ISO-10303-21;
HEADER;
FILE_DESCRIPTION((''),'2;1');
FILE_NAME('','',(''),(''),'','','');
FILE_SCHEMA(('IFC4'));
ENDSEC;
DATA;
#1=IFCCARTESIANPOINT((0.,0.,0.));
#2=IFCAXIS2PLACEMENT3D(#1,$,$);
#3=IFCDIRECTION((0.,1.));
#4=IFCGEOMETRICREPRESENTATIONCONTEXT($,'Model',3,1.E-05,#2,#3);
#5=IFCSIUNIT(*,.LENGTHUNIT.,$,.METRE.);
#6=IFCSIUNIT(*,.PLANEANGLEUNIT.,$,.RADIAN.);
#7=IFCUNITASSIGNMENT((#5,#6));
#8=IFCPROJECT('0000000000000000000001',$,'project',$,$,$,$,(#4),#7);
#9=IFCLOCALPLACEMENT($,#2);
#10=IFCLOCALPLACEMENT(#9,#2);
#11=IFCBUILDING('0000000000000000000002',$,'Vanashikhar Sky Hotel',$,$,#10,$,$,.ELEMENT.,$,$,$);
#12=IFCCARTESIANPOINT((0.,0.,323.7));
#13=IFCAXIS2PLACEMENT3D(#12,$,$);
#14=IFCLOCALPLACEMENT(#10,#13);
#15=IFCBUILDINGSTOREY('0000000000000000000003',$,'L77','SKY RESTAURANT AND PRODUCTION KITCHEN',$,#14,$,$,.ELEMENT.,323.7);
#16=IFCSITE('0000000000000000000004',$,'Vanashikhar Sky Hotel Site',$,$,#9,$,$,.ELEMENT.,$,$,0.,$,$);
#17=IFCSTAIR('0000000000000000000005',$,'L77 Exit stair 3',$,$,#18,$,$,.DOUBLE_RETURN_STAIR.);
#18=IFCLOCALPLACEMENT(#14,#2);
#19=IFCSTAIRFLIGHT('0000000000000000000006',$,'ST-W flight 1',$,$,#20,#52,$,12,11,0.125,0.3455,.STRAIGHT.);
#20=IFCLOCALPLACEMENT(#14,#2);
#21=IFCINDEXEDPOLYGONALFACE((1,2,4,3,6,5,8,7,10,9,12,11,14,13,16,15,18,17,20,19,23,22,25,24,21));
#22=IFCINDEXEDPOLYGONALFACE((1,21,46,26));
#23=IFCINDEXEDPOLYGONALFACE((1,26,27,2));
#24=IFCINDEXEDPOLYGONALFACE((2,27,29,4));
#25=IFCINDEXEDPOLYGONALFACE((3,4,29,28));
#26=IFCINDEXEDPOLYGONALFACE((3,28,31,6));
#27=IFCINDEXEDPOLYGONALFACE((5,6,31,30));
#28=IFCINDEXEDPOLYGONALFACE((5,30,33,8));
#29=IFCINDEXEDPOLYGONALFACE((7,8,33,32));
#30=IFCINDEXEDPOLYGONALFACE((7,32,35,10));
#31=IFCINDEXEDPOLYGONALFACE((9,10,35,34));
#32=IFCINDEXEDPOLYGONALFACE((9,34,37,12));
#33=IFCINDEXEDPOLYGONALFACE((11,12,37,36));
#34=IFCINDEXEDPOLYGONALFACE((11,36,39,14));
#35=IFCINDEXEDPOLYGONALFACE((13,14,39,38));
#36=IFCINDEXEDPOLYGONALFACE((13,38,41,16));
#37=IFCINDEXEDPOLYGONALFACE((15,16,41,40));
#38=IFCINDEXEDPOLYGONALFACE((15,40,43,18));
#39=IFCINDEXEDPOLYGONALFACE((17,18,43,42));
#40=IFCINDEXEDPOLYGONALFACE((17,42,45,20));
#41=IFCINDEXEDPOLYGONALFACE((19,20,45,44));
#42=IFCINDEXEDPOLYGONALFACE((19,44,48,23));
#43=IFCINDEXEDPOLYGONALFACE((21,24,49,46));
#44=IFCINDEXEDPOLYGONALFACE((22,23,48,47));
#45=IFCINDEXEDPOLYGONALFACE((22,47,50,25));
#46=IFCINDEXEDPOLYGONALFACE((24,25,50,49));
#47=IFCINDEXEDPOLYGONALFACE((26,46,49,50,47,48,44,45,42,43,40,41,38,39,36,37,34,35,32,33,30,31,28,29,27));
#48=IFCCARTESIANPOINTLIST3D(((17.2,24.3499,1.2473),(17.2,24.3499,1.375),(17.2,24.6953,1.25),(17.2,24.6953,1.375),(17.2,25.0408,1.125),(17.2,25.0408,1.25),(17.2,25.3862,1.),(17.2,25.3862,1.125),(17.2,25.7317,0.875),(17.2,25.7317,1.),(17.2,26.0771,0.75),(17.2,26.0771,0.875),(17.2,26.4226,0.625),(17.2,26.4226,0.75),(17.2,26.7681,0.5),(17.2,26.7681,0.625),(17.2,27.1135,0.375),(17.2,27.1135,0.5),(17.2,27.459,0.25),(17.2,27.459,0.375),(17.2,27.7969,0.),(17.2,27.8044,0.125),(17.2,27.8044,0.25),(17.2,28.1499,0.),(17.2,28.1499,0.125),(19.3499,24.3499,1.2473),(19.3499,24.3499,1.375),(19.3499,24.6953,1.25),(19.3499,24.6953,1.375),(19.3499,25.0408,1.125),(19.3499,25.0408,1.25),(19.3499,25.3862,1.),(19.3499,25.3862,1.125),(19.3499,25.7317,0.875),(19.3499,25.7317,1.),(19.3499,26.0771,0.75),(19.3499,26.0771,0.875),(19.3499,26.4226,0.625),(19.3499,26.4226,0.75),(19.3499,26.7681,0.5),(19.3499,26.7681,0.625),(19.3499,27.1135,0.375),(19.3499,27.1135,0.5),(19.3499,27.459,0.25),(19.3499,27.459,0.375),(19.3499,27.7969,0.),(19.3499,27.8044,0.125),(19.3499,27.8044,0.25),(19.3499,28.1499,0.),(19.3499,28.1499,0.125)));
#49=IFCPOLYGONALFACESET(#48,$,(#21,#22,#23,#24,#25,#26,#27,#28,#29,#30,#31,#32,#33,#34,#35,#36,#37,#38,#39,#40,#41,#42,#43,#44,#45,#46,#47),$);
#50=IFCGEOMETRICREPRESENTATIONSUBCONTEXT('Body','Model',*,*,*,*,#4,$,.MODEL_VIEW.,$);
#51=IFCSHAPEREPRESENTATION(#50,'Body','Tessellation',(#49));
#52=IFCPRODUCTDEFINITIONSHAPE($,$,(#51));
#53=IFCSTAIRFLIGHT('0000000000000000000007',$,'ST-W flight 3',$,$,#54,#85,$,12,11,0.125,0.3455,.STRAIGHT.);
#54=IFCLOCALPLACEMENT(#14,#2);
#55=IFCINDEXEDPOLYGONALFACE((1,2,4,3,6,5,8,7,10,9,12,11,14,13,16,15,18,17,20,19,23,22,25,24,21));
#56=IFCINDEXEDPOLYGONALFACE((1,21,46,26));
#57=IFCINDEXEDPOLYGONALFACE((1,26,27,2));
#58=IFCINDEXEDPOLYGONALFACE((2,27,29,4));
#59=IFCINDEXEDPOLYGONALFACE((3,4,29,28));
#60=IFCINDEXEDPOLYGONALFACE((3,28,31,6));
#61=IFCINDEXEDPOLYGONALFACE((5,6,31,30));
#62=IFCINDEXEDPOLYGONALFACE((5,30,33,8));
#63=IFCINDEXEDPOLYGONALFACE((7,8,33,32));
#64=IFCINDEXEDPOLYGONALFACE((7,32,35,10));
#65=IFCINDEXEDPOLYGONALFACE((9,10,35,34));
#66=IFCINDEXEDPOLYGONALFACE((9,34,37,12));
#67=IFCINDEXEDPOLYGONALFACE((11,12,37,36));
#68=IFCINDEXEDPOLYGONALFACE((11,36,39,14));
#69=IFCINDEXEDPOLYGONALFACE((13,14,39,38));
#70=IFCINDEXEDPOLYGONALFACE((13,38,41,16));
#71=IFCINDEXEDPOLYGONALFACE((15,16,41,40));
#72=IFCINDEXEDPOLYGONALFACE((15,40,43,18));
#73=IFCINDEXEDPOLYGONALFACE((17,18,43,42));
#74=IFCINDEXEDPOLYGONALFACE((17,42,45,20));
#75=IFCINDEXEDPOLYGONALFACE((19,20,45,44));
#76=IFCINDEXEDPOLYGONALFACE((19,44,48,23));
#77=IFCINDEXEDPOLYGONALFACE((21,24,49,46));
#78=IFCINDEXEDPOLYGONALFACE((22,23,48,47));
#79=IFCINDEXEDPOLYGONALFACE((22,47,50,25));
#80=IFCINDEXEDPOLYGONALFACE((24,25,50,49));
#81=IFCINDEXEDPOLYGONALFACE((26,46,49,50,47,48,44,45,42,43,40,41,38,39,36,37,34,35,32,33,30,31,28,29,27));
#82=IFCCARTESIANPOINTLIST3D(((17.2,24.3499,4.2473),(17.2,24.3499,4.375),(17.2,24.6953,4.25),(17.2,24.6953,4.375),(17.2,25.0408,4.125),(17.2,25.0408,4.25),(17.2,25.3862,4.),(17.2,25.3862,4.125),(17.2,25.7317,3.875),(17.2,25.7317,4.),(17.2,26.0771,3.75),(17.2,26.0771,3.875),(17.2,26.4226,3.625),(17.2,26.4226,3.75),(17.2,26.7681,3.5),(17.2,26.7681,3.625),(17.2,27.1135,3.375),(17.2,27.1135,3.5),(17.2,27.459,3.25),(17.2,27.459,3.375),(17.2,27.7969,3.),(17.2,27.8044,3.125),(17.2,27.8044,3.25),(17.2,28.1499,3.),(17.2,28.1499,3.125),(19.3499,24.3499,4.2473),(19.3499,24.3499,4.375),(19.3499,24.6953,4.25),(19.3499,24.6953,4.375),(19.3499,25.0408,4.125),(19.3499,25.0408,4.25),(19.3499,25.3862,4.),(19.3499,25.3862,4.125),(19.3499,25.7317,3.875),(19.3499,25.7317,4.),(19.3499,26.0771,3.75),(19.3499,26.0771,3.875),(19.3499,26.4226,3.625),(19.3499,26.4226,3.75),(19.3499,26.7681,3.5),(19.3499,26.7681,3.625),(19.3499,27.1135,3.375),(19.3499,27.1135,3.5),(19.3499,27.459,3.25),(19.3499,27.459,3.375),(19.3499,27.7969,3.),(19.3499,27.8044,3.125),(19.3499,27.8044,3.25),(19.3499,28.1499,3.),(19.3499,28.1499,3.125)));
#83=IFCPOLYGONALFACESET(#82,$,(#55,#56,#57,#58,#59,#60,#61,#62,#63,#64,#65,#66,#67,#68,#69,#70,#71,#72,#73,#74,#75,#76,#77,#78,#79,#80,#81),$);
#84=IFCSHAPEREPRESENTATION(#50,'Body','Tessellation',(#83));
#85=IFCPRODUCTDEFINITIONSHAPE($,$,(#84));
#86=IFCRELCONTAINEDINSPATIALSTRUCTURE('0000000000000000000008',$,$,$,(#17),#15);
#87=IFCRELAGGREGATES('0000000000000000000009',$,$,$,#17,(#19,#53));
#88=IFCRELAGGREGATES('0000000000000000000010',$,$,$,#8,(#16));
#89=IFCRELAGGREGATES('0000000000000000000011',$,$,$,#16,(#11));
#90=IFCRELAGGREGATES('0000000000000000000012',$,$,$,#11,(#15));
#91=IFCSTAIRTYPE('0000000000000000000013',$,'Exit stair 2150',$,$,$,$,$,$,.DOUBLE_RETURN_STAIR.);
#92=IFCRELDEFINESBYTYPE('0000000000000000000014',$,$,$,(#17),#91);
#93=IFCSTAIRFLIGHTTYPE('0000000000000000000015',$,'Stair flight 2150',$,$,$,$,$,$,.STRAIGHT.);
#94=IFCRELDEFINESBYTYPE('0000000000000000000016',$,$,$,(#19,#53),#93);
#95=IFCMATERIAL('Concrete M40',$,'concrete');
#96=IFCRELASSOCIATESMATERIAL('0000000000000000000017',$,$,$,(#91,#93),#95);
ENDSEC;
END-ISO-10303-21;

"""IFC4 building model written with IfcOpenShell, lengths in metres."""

from ifc_helpers import new_model, si_unit, direction, frame, origin, place, context, subcontext, project, spatial, polyline, outline, extrude, source, transform, mapped, material, type_object, element, aggregate, save


model = new_model("IFC4")

# Units and contexts
model_context = context("Model", 3, precision=1e-05, world=origin(), true_north=direction((0.0, 1.0)))
body_context = subcontext(model_context, "Body", "Model", "MODEL_VIEW")
ifc_project = project(units=[si_unit("LENGTHUNIT", "METRE"), si_unit("PLANEANGLEUNIT", "RADIAN")], contexts=[model_context])

# Site, building, storey
site_placement = place(None, origin())
site = spatial("IfcSite", under=ifc_project, at=site_placement, Name="Vanashikhar Sky Hotel Site", CompositionType="ELEMENT", RefElevation=0.0)
building_placement = place(site_placement, origin())
building = spatial("IfcBuilding", under=site, at=building_placement, Name="Vanashikhar Sky Hotel", CompositionType="ELEMENT")
storey_placement = place(building_placement, frame((0.0, 0.0, 323.7)))
storey = spatial("IfcBuildingStorey", under=building, at=storey_placement, Name="L77", Description="SKY RESTAURANT AND PRODUCTION KITCHEN", CompositionType="ELEMENT", Elevation=323.7)

# Stair, stair flights
ifc_material_1 = material(Name="Concrete M40", Category="concrete")
stair_type = type_object("IfcStairType", Name="Exit stair 2150", PredefinedType="DOUBLE_RETURN_STAIR", material=ifc_material_1)
stair_placement = place(storey_placement, origin())
stair = element("IfcStair", 1, at=stair_placement, inside=storey, type_object=stair_type, Name="L77 Exit stair 3", PredefinedType="DOUBLE_RETURN_STAIR")
stair_flight_type = type_object("IfcStairFlightType", Name="Stair flight 2150", PredefinedType="STRAIGHT", material=ifc_material_1)
shared_shape_1 = source(origin(), body_context, "Body", "SweptSolid", [
    extrude(outline(polyline([(0.0, 0.0), (0.0, 0.125), (0.3455, 0.125), (0.3455, 0.25), (0.6909, 0.25), (0.6909, 0.375), (1.0364, 0.375), (1.0364, 0.5), (1.3818, 0.5), (1.3818, 0.625), (1.7273, 0.625), (1.7273, 0.75), (2.0728, 0.75), (2.0728, 0.875), (2.4182, 0.875), (2.4182, 1.0), (2.7637, 1.0), (2.7637, 1.125), (3.1091, 1.125), (3.1091, 1.25), (3.4546, 1.25), (3.4546, 1.375), (3.8, 1.375), (3.8, 1.5), (3.8, 1.2473), (0.353, 0.0), (0.0, 0.0)])), frame((0.0, 1.075, 0.0), z_axis=(0.0, -1.0, 0.0), x_axis=(1.0, 0.0, 0.0)), (0.0, 0.0, 1.0), 2.1499),
])
stair_flight_1_placement = place(storey_placement, frame((18.2749, 28.1499, 0.0), z_axis=(0.0, 0.0, 1.0), x_axis=(0.0, -1.0, 0.0)))
stair_flight_1 = element("IfcStairFlight", 2, at=stair_flight_1_placement, type_object=stair_flight_type, Name="ST-W flight 1", NumberOfRisers=12, NumberOfTreads=11, PredefinedType="STRAIGHT", RiserHeight=0.125, TreadLength=0.3455, context=body_context, shape_type="MappedRepresentation", body=[
    mapped(shared_shape_1, transform((0.0, 0.0, 0.0), scale=1.0)),
])
stair_flight_2_placement = place(storey_placement, frame((18.2749, 28.1499, 3.0), z_axis=(0.0, 0.0, 1.0), x_axis=(0.0, -1.0, 0.0)))
stair_flight_2 = element("IfcStairFlight", 3, at=stair_flight_2_placement, type_object=stair_flight_type, Name="ST-W flight 3", NumberOfRisers=12, NumberOfTreads=11, PredefinedType="STRAIGHT", RiserHeight=0.125, TreadLength=0.3455, context=body_context, shape_type="MappedRepresentation", body=[
    mapped(shared_shape_1, transform((0.0, 0.0, 0.0), scale=1.0)),
])
aggregate(stair, [stair_flight_1, stair_flight_2])

save(model, "model.ifc")
